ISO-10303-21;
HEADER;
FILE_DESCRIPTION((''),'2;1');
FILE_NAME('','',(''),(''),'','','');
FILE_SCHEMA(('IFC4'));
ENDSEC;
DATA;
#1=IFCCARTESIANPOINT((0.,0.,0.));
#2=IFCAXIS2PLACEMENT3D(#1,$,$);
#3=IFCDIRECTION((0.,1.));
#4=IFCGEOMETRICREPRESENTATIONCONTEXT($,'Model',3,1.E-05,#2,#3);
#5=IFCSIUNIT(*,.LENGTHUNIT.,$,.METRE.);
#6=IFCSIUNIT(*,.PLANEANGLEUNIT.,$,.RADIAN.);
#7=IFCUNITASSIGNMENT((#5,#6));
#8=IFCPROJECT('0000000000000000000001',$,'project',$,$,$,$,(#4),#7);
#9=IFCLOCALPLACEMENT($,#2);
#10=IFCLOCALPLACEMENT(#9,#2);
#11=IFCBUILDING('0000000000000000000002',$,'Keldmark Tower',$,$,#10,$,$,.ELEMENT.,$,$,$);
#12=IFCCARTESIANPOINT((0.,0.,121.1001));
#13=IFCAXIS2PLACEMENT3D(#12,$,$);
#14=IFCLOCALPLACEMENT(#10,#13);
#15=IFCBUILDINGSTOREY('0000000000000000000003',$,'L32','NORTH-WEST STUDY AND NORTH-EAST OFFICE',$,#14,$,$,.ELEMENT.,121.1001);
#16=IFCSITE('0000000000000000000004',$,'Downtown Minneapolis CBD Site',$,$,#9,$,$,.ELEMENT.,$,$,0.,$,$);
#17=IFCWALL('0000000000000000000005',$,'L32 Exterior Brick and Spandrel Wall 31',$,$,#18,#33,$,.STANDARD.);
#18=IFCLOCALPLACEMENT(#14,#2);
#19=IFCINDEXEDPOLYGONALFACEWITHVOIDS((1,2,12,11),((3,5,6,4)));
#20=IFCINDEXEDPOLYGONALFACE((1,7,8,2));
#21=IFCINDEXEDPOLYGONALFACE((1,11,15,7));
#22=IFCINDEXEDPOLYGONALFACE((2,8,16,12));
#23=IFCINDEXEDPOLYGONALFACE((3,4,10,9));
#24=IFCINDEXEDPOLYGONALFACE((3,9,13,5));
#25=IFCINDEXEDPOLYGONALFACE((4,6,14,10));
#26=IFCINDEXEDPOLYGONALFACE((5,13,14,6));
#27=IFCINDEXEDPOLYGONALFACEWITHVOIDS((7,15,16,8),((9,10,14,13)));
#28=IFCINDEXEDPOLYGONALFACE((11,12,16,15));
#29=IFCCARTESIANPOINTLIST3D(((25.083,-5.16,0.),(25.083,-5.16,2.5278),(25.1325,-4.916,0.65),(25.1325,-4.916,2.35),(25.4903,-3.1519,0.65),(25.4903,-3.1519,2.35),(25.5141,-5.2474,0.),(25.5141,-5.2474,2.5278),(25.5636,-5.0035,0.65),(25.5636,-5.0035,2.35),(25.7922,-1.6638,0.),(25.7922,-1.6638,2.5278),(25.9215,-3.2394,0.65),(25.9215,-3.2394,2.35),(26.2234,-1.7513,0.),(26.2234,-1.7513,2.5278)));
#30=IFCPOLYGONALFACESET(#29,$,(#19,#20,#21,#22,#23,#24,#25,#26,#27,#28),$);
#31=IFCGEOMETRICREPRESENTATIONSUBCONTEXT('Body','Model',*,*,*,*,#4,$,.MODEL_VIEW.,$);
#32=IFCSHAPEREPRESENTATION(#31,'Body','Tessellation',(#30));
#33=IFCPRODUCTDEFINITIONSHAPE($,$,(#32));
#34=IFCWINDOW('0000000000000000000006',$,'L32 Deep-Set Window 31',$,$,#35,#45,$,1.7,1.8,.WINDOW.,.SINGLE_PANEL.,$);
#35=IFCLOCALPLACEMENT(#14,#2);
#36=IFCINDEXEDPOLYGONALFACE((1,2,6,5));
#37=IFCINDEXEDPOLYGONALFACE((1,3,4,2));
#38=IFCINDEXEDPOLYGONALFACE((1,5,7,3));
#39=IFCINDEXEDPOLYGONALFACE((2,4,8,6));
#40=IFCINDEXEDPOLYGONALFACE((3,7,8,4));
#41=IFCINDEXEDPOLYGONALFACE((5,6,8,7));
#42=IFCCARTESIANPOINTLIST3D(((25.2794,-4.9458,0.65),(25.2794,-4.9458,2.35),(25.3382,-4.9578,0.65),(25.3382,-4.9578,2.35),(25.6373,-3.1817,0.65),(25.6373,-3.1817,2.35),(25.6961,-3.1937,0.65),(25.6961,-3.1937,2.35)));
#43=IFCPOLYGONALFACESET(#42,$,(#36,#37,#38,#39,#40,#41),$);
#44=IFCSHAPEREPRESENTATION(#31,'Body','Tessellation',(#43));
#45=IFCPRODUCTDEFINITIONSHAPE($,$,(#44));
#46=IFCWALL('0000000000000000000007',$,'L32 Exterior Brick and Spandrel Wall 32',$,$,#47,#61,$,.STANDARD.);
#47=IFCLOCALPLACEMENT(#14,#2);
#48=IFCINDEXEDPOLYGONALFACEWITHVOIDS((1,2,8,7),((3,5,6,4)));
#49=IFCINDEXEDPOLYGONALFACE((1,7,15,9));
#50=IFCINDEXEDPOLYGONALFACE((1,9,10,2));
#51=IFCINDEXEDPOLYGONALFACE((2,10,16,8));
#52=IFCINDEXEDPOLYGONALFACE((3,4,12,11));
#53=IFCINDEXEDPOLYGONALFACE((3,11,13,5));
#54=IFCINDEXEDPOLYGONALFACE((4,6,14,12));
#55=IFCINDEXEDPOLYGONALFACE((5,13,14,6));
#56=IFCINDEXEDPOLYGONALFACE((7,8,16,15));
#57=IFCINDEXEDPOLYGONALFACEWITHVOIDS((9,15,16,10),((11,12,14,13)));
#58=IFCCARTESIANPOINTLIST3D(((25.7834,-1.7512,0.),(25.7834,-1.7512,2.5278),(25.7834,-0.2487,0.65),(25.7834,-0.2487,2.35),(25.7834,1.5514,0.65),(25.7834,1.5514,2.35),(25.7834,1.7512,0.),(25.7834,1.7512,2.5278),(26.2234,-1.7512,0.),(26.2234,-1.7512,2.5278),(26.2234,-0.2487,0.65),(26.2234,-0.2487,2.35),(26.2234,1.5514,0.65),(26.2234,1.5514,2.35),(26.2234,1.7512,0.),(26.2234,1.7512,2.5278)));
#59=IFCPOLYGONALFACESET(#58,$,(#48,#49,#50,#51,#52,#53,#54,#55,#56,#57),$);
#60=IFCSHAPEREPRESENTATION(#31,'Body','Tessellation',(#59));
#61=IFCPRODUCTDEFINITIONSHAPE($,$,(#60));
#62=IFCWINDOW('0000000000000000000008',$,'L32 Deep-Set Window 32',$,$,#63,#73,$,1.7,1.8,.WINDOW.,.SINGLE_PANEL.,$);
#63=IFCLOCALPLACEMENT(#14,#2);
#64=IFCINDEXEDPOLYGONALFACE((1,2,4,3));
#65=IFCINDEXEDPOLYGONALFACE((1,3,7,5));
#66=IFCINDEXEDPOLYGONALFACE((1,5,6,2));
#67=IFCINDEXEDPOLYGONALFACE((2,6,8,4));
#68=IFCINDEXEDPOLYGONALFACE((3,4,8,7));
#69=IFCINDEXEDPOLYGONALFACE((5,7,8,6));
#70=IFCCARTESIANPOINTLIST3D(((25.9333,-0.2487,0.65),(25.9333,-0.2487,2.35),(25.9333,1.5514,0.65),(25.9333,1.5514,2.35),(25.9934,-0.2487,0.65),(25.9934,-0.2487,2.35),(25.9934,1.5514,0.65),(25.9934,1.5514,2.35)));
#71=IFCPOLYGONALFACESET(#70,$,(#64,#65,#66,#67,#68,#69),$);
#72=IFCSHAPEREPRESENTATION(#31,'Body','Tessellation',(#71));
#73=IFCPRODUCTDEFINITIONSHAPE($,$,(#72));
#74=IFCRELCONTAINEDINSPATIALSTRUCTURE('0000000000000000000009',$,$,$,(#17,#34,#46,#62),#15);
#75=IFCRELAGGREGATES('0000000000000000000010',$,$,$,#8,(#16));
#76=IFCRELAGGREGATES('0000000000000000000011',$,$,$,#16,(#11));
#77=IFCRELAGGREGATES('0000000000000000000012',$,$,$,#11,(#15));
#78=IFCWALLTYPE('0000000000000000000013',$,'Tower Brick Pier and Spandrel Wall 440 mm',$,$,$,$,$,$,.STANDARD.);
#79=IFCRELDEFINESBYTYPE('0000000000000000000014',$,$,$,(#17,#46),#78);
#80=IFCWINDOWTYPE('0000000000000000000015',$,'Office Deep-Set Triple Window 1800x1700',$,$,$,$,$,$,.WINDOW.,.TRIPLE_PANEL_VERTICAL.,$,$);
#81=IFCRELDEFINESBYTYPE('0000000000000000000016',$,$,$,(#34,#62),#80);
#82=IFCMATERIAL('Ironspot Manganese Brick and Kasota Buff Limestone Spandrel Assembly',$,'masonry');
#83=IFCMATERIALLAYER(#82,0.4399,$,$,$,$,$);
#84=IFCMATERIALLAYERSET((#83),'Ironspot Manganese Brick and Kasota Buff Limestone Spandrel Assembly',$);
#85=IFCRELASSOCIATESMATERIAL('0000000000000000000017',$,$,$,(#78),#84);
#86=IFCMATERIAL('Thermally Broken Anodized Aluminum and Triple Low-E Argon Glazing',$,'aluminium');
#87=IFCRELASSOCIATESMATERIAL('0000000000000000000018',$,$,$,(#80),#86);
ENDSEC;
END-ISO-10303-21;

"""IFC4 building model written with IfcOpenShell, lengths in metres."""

from ifc_helpers import new_model, si_unit, direction, frame, frame_2d, origin, place, context, subcontext, project, spatial, rectangle, extrude, material, layer, layer_set, type_object, element, fill, save


model = new_model("IFC4")

# Units and contexts
model_context = context("Model", 3, precision=1e-05, world=origin(), true_north=direction((0.0, 1.0)))
body_context = subcontext(model_context, "Body", "Model", "MODEL_VIEW")
ifc_project = project(units=[si_unit("LENGTHUNIT", "METRE"), si_unit("PLANEANGLEUNIT", "RADIAN")], contexts=[model_context])

# Site, building, storey
site_placement = place(None, origin())
site = spatial("IfcSite", under=ifc_project, at=site_placement, Name="Downtown Minneapolis CBD Site", CompositionType="ELEMENT", RefElevation=0.0)
building_placement = place(site_placement, origin())
building = spatial("IfcBuilding", under=site, at=building_placement, Name="Keldmark Tower", CompositionType="ELEMENT")
storey_placement = place(building_placement, frame((0.0, 0.0, 121.1001)))
storey = spatial("IfcBuildingStorey", under=building, at=storey_placement, Name="L32", Description="NORTH-WEST STUDY AND NORTH-EAST OFFICE", CompositionType="ELEMENT", Elevation=121.1001)

# Walls, openings, windows
ifc_material_1 = material(Name="Ironspot Manganese Brick and Kasota Buff Limestone Spandrel Assembly", Category="masonry")
ifc_layer_1 = layer(ifc_material_1, 0.4399)
ifc_layer_set_1 = layer_set([ifc_layer_1], Name="Ironspot Manganese Brick and Kasota Buff Limestone Spandrel Assembly")
wall_type_1 = type_object("IfcWallType", Name="Tower Brick Pier and Spandrel Wall 440 mm", PredefinedType="STANDARD", material=ifc_layer_set_1)
wall_1_placement = place(storey_placement, frame((26.0078, -1.7075, 0.0), z_axis=(0.0, 0.0, 1.0), x_axis=(-0.198813, -0.980037, 0.0)))
wall_1 = element("IfcWall", 1, at=wall_1_placement, inside=storey, type_object=wall_type_1, Name="L32 Exterior Brick and Spandrel Wall 31", PredefinedType="STANDARD", context=body_context, shape_type="SweptSolid", body=[
    extrude(rectangle(XDim=3.5674, YDim=0.4399, at=frame_2d((1.7837, 0.0))), origin(), (0.0, 0.0, 1.0), 2.5278),
])
opening_1_placement = place(wall_1_placement, frame((1.5186, 0.0, 0.6499)))
opening_1 = element("IfcOpeningElement", 2, at=opening_1_placement, cuts=wall_1, PredefinedType="OPENING", context=body_context, shape_type="SweptSolid", body=[
    extrude(rectangle(XDim=1.8, YDim=1.7, at=frame_2d((0.8999, 0.8501))), frame((0.0, 0.23, 0.0), z_axis=(0.0, -1.0, 0.0), x_axis=(1.0, 0.0, 0.0)), (0.0, 0.0, 1.0), 0.46),
])
ifc_material_2 = material(Name="Thermally Broken Anodized Aluminum and Triple Low-E Argon Glazing", Category="aluminium")
window_type = type_object("IfcWindowType", Name="Office Deep-Set Triple Window 1800x1700", PartitioningType="TRIPLE_PANEL_VERTICAL", PredefinedType="WINDOW", material=ifc_material_2)
window_1_placement = place(opening_1_placement, origin())
window_1 = element("IfcWindow", 3, at=window_1_placement, inside=storey, type_object=window_type, Name="L32 Deep-Set Window 31", OverallHeight=1.7, OverallWidth=1.8, PartitioningType="SINGLE_PANEL", PredefinedType="WINDOW", context=body_context, shape_type="SweptSolid", body=[
    extrude(rectangle(XDim=1.8, YDim=1.7, at=frame_2d((0.8999, 0.8501))), frame((0.0, -0.01, 0.0), z_axis=(0.0, -1.0, 0.0), x_axis=(1.0, 0.0, 0.0)), (0.0, 0.0, 1.0), 0.0601),
])
fill(opening_1, window_1)
wall_2_placement = place(storey_placement, frame((26.0034, 1.7512, 0.0), z_axis=(0.0, 0.0, 1.0), x_axis=(0.0, -1.0, 0.0)))
wall_2 = element("IfcWall", 4, at=wall_2_placement, inside=storey, type_object=wall_type_1, Name="L32 Exterior Brick and Spandrel Wall 32", PredefinedType="STANDARD", context=body_context, shape_type="SweptSolid", body=[
    extrude(rectangle(XDim=3.5024, YDim=0.4399, at=frame_2d((1.7512, 0.0))), origin(), (0.0, 0.0, 1.0), 2.5278),
])
opening_2_placement = place(wall_2_placement, frame((0.2, 0.0, 0.6499)))
opening_2 = element("IfcOpeningElement", 5, at=opening_2_placement, cuts=wall_2, PredefinedType="OPENING", context=body_context, shape_type="SweptSolid", body=[
    extrude(rectangle(XDim=1.8, YDim=1.7, at=frame_2d((0.8999, 0.8501))), frame((0.0, 0.23, 0.0), z_axis=(0.0, -1.0, 0.0), x_axis=(1.0, 0.0, 0.0)), (0.0, 0.0, 1.0), 0.46),
])
window_2_placement = place(opening_2_placement, origin())
window_2 = element("IfcWindow", 6, at=window_2_placement, inside=storey, type_object=window_type, Name="L32 Deep-Set Window 32", OverallHeight=1.7, OverallWidth=1.8, PartitioningType="SINGLE_PANEL", PredefinedType="WINDOW", context=body_context, shape_type="SweptSolid", body=[
    extrude(rectangle(XDim=1.8, YDim=1.7, at=frame_2d((0.8999, 0.8501))), frame((0.0, -0.01, 0.0), z_axis=(0.0, -1.0, 0.0), x_axis=(1.0, 0.0, 0.0)), (0.0, 0.0, 1.0), 0.0601),
])
fill(opening_2, window_2)

save(model, "model.ifc")
